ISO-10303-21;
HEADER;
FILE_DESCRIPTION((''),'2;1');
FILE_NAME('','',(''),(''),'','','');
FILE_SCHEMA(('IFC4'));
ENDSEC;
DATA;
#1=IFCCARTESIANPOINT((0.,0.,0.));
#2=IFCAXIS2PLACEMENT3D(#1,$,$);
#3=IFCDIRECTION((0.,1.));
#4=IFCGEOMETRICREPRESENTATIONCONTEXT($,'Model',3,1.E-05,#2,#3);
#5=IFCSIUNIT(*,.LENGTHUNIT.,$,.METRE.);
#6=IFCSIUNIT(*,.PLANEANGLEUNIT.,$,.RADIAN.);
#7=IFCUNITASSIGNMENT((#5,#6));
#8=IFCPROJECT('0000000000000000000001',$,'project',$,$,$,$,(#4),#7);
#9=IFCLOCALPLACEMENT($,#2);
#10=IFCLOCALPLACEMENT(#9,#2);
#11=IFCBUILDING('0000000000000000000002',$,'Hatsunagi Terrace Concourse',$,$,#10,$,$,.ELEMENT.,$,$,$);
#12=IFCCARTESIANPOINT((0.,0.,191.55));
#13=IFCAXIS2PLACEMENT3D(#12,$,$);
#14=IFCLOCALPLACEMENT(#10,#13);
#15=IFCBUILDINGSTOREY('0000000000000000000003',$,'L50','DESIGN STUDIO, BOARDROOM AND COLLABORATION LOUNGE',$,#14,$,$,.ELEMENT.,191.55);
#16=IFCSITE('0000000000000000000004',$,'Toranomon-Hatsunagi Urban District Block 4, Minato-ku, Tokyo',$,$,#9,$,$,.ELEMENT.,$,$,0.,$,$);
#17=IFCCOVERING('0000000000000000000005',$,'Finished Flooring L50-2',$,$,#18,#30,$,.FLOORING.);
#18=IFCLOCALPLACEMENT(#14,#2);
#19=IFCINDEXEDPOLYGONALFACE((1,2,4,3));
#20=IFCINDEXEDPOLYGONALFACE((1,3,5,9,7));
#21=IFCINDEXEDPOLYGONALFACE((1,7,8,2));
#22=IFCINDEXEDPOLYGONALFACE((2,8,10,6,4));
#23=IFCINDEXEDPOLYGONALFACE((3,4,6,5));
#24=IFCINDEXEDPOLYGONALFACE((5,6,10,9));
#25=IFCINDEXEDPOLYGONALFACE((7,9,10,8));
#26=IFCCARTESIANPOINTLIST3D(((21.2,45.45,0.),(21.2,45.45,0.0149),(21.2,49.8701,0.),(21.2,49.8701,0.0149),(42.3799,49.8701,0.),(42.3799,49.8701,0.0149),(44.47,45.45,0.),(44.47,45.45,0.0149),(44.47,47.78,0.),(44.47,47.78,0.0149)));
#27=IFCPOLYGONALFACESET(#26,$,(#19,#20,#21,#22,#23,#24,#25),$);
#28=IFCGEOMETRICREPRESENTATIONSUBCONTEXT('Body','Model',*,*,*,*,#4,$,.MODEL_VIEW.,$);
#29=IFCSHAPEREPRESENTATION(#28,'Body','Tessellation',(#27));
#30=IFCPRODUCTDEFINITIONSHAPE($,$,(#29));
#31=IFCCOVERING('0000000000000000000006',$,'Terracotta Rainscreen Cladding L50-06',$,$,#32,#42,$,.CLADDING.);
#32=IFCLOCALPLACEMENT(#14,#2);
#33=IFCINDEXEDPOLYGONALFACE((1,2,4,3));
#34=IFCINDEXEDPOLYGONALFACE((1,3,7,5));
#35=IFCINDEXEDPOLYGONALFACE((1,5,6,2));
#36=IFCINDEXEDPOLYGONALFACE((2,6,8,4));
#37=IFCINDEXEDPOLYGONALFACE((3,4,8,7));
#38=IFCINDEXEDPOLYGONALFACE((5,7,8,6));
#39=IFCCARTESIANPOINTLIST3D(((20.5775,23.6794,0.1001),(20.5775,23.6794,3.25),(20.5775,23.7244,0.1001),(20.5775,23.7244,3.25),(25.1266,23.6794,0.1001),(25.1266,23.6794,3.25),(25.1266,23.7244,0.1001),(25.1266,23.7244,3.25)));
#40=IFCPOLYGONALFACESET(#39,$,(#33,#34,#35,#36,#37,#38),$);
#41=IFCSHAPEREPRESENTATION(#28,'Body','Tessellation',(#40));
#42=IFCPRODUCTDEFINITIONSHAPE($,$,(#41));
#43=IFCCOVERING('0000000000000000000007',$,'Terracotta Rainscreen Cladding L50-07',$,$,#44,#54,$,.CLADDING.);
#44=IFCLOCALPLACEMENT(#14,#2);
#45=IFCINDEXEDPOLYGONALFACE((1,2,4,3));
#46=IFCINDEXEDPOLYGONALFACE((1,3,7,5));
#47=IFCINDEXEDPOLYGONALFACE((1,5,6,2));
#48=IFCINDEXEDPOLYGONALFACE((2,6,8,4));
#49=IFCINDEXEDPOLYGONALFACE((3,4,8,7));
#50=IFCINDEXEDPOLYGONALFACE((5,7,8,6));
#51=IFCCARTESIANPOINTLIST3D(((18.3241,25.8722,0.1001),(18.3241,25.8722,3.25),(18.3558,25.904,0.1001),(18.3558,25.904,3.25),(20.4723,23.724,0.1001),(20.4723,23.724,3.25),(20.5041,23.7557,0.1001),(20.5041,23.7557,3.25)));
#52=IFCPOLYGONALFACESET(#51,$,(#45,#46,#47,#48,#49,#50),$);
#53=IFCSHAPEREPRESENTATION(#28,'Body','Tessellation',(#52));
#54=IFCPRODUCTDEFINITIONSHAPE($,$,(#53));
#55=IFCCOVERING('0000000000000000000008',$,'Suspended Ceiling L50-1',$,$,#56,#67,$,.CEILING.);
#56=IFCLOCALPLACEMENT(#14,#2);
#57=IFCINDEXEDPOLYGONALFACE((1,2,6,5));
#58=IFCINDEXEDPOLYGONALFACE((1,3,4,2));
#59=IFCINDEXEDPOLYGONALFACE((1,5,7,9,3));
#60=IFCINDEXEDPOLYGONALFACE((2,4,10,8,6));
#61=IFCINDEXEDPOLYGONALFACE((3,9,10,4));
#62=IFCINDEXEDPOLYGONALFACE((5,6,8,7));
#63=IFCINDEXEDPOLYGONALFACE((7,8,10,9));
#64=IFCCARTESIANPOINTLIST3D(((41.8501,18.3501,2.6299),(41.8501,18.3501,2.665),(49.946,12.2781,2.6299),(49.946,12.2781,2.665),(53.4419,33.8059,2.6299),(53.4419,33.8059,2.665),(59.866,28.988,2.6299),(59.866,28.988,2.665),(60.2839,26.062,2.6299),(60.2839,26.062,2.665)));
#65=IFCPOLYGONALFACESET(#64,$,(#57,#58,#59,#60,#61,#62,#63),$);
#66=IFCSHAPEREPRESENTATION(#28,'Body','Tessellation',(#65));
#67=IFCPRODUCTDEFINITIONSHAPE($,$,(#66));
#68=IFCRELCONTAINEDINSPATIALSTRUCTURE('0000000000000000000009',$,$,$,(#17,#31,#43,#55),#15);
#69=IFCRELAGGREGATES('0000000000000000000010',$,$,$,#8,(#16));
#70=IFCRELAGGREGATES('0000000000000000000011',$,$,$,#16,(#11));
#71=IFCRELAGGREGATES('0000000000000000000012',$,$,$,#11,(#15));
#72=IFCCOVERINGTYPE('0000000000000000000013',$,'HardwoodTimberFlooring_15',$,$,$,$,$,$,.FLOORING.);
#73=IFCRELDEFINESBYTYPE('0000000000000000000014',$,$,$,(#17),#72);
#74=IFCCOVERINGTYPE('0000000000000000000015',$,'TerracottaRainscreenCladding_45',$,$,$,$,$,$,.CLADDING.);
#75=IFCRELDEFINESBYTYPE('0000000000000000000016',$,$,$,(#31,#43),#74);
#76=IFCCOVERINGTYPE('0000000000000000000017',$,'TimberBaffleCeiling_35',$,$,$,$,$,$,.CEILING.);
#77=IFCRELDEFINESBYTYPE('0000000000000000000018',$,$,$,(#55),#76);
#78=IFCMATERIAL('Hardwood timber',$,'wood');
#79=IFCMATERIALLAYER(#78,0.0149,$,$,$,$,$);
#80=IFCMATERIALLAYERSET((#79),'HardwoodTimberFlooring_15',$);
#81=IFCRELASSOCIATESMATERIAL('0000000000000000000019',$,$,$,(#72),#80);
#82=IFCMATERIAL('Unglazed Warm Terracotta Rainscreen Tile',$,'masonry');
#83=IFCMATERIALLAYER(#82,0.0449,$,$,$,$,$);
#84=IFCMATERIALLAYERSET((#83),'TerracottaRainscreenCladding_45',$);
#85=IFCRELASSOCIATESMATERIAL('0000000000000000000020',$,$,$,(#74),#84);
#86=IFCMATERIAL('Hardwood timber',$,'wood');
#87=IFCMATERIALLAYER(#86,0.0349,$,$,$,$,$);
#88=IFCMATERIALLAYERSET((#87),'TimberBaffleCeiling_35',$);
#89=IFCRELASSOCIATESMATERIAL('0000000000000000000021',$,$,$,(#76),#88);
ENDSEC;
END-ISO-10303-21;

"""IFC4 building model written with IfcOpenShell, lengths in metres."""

from ifc_helpers import new_model, si_unit, direction, frame, origin, origin_2d, place, context, subcontext, project, spatial, polyline, rectangle, outline, extrude, material, layer, layer_set, type_object, element, save


model = new_model("IFC4")

# Units and contexts
model_context = context("Model", 3, precision=1e-05, world=origin(), true_north=direction((0.0, 1.0)))
body_context = subcontext(model_context, "Body", "Model", "MODEL_VIEW")
ifc_project = project(units=[si_unit("LENGTHUNIT", "METRE"), si_unit("PLANEANGLEUNIT", "RADIAN")], contexts=[model_context])

# Site, building, storey
site_placement = place(None, origin())
site = spatial("IfcSite", under=ifc_project, at=site_placement, Name="Toranomon-Hatsunagi Urban District Block 4, Minato-ku, Tokyo", CompositionType="ELEMENT", RefElevation=0.0)
building_placement = place(site_placement, origin())
building = spatial("IfcBuilding", under=site, at=building_placement, Name="Hatsunagi Terrace Concourse", CompositionType="ELEMENT")
storey_placement = place(building_placement, frame((0.0, 0.0, 191.55)))
storey = spatial("IfcBuildingStorey", under=building, at=storey_placement, Name="L50", Description="DESIGN STUDIO, BOARDROOM AND COLLABORATION LOUNGE", CompositionType="ELEMENT", Elevation=191.55)

# Coverings
ifc_material_1 = material(Name="Hardwood timber", Category="wood")
ifc_layer_1 = layer(ifc_material_1, 0.0149)
ifc_layer_set_1 = layer_set([ifc_layer_1], Name="HardwoodTimberFlooring_15")
covering_type_1 = type_object("IfcCoveringType", Name="HardwoodTimberFlooring_15", PredefinedType="FLOORING", material=ifc_layer_set_1)
covering_1_placement = place(storey_placement, origin())
element("IfcCovering", 1, at=covering_1_placement, inside=storey, type_object=covering_type_1, Name="Finished Flooring L50-2", PredefinedType="FLOORING", context=body_context, shape_type="SweptSolid", body=[
    extrude(outline(polyline([(42.3799, 49.8701), (21.2, 49.8701), (21.2, 45.45), (44.47, 45.45), (44.47, 47.78), (42.3799, 49.8701)])), origin(), (0.0, 0.0, 1.0), 0.0149),
])
ifc_material_2 = material(Name="Unglazed Warm Terracotta Rainscreen Tile", Category="masonry")
ifc_layer_2 = layer(ifc_material_2, 0.0449)
ifc_layer_set_2 = layer_set([ifc_layer_2], Name="TerracottaRainscreenCladding_45")
covering_type_2 = type_object("IfcCoveringType", Name="TerracottaRainscreenCladding_45", PredefinedType="CLADDING", material=ifc_layer_set_2)
covering_2_placement = place(storey_placement, frame((22.8521, 23.7019, 0.1001), z_axis=(0.0, 0.0, 1.0), x_axis=(-1.0, 0.0, 0.0)))
element("IfcCovering", 2, at=covering_2_placement, inside=storey, type_object=covering_type_2, Name="Terracotta Rainscreen Cladding L50-06", PredefinedType="CLADDING", context=body_context, shape_type="SweptSolid", body=[
    extrude(rectangle(XDim=4.5491, YDim=0.0449, at=origin_2d()), origin(), (0.0, 0.0, 1.0), 3.1499),
])
covering_3_placement = place(storey_placement, frame((19.4141, 24.814, 0.1001), z_axis=(0.0, 0.0, 1.0), x_axis=(-0.707107, 0.707107, 0.0)))
element("IfcCovering", 3, at=covering_3_placement, inside=storey, type_object=covering_type_2, Name="Terracotta Rainscreen Cladding L50-07", PredefinedType="CLADDING", context=body_context, shape_type="SweptSolid", body=[
    extrude(rectangle(XDim=3.0381, YDim=0.0449, at=origin_2d()), origin(), (0.0, 0.0, 1.0), 3.1499),
])
ifc_material_3 = material(Name="Hardwood timber", Category="wood")
ifc_layer_3 = layer(ifc_material_3, 0.0349)
ifc_layer_set_3 = layer_set([ifc_layer_3], Name="TimberBaffleCeiling_35")
covering_type_3 = type_object("IfcCoveringType", Name="TimberBaffleCeiling_35", PredefinedType="CEILING", material=ifc_layer_set_3)
covering_4_placement = place(storey_placement, frame((0.0, 0.0, 2.6299)))
element("IfcCovering", 4, at=covering_4_placement, inside=storey, type_object=covering_type_3, Name="Suspended Ceiling L50-1", PredefinedType="CEILING", context=body_context, shape_type="SweptSolid", body=[
    extrude(outline(polyline([(59.866, 28.988), (53.4419, 33.8059), (41.8501, 18.3501), (49.946, 12.2781), (60.2839, 26.062), (59.866, 28.988)])), origin(), (0.0, 0.0, 1.0), 0.0352),
])

save(model, "model.ifc")
